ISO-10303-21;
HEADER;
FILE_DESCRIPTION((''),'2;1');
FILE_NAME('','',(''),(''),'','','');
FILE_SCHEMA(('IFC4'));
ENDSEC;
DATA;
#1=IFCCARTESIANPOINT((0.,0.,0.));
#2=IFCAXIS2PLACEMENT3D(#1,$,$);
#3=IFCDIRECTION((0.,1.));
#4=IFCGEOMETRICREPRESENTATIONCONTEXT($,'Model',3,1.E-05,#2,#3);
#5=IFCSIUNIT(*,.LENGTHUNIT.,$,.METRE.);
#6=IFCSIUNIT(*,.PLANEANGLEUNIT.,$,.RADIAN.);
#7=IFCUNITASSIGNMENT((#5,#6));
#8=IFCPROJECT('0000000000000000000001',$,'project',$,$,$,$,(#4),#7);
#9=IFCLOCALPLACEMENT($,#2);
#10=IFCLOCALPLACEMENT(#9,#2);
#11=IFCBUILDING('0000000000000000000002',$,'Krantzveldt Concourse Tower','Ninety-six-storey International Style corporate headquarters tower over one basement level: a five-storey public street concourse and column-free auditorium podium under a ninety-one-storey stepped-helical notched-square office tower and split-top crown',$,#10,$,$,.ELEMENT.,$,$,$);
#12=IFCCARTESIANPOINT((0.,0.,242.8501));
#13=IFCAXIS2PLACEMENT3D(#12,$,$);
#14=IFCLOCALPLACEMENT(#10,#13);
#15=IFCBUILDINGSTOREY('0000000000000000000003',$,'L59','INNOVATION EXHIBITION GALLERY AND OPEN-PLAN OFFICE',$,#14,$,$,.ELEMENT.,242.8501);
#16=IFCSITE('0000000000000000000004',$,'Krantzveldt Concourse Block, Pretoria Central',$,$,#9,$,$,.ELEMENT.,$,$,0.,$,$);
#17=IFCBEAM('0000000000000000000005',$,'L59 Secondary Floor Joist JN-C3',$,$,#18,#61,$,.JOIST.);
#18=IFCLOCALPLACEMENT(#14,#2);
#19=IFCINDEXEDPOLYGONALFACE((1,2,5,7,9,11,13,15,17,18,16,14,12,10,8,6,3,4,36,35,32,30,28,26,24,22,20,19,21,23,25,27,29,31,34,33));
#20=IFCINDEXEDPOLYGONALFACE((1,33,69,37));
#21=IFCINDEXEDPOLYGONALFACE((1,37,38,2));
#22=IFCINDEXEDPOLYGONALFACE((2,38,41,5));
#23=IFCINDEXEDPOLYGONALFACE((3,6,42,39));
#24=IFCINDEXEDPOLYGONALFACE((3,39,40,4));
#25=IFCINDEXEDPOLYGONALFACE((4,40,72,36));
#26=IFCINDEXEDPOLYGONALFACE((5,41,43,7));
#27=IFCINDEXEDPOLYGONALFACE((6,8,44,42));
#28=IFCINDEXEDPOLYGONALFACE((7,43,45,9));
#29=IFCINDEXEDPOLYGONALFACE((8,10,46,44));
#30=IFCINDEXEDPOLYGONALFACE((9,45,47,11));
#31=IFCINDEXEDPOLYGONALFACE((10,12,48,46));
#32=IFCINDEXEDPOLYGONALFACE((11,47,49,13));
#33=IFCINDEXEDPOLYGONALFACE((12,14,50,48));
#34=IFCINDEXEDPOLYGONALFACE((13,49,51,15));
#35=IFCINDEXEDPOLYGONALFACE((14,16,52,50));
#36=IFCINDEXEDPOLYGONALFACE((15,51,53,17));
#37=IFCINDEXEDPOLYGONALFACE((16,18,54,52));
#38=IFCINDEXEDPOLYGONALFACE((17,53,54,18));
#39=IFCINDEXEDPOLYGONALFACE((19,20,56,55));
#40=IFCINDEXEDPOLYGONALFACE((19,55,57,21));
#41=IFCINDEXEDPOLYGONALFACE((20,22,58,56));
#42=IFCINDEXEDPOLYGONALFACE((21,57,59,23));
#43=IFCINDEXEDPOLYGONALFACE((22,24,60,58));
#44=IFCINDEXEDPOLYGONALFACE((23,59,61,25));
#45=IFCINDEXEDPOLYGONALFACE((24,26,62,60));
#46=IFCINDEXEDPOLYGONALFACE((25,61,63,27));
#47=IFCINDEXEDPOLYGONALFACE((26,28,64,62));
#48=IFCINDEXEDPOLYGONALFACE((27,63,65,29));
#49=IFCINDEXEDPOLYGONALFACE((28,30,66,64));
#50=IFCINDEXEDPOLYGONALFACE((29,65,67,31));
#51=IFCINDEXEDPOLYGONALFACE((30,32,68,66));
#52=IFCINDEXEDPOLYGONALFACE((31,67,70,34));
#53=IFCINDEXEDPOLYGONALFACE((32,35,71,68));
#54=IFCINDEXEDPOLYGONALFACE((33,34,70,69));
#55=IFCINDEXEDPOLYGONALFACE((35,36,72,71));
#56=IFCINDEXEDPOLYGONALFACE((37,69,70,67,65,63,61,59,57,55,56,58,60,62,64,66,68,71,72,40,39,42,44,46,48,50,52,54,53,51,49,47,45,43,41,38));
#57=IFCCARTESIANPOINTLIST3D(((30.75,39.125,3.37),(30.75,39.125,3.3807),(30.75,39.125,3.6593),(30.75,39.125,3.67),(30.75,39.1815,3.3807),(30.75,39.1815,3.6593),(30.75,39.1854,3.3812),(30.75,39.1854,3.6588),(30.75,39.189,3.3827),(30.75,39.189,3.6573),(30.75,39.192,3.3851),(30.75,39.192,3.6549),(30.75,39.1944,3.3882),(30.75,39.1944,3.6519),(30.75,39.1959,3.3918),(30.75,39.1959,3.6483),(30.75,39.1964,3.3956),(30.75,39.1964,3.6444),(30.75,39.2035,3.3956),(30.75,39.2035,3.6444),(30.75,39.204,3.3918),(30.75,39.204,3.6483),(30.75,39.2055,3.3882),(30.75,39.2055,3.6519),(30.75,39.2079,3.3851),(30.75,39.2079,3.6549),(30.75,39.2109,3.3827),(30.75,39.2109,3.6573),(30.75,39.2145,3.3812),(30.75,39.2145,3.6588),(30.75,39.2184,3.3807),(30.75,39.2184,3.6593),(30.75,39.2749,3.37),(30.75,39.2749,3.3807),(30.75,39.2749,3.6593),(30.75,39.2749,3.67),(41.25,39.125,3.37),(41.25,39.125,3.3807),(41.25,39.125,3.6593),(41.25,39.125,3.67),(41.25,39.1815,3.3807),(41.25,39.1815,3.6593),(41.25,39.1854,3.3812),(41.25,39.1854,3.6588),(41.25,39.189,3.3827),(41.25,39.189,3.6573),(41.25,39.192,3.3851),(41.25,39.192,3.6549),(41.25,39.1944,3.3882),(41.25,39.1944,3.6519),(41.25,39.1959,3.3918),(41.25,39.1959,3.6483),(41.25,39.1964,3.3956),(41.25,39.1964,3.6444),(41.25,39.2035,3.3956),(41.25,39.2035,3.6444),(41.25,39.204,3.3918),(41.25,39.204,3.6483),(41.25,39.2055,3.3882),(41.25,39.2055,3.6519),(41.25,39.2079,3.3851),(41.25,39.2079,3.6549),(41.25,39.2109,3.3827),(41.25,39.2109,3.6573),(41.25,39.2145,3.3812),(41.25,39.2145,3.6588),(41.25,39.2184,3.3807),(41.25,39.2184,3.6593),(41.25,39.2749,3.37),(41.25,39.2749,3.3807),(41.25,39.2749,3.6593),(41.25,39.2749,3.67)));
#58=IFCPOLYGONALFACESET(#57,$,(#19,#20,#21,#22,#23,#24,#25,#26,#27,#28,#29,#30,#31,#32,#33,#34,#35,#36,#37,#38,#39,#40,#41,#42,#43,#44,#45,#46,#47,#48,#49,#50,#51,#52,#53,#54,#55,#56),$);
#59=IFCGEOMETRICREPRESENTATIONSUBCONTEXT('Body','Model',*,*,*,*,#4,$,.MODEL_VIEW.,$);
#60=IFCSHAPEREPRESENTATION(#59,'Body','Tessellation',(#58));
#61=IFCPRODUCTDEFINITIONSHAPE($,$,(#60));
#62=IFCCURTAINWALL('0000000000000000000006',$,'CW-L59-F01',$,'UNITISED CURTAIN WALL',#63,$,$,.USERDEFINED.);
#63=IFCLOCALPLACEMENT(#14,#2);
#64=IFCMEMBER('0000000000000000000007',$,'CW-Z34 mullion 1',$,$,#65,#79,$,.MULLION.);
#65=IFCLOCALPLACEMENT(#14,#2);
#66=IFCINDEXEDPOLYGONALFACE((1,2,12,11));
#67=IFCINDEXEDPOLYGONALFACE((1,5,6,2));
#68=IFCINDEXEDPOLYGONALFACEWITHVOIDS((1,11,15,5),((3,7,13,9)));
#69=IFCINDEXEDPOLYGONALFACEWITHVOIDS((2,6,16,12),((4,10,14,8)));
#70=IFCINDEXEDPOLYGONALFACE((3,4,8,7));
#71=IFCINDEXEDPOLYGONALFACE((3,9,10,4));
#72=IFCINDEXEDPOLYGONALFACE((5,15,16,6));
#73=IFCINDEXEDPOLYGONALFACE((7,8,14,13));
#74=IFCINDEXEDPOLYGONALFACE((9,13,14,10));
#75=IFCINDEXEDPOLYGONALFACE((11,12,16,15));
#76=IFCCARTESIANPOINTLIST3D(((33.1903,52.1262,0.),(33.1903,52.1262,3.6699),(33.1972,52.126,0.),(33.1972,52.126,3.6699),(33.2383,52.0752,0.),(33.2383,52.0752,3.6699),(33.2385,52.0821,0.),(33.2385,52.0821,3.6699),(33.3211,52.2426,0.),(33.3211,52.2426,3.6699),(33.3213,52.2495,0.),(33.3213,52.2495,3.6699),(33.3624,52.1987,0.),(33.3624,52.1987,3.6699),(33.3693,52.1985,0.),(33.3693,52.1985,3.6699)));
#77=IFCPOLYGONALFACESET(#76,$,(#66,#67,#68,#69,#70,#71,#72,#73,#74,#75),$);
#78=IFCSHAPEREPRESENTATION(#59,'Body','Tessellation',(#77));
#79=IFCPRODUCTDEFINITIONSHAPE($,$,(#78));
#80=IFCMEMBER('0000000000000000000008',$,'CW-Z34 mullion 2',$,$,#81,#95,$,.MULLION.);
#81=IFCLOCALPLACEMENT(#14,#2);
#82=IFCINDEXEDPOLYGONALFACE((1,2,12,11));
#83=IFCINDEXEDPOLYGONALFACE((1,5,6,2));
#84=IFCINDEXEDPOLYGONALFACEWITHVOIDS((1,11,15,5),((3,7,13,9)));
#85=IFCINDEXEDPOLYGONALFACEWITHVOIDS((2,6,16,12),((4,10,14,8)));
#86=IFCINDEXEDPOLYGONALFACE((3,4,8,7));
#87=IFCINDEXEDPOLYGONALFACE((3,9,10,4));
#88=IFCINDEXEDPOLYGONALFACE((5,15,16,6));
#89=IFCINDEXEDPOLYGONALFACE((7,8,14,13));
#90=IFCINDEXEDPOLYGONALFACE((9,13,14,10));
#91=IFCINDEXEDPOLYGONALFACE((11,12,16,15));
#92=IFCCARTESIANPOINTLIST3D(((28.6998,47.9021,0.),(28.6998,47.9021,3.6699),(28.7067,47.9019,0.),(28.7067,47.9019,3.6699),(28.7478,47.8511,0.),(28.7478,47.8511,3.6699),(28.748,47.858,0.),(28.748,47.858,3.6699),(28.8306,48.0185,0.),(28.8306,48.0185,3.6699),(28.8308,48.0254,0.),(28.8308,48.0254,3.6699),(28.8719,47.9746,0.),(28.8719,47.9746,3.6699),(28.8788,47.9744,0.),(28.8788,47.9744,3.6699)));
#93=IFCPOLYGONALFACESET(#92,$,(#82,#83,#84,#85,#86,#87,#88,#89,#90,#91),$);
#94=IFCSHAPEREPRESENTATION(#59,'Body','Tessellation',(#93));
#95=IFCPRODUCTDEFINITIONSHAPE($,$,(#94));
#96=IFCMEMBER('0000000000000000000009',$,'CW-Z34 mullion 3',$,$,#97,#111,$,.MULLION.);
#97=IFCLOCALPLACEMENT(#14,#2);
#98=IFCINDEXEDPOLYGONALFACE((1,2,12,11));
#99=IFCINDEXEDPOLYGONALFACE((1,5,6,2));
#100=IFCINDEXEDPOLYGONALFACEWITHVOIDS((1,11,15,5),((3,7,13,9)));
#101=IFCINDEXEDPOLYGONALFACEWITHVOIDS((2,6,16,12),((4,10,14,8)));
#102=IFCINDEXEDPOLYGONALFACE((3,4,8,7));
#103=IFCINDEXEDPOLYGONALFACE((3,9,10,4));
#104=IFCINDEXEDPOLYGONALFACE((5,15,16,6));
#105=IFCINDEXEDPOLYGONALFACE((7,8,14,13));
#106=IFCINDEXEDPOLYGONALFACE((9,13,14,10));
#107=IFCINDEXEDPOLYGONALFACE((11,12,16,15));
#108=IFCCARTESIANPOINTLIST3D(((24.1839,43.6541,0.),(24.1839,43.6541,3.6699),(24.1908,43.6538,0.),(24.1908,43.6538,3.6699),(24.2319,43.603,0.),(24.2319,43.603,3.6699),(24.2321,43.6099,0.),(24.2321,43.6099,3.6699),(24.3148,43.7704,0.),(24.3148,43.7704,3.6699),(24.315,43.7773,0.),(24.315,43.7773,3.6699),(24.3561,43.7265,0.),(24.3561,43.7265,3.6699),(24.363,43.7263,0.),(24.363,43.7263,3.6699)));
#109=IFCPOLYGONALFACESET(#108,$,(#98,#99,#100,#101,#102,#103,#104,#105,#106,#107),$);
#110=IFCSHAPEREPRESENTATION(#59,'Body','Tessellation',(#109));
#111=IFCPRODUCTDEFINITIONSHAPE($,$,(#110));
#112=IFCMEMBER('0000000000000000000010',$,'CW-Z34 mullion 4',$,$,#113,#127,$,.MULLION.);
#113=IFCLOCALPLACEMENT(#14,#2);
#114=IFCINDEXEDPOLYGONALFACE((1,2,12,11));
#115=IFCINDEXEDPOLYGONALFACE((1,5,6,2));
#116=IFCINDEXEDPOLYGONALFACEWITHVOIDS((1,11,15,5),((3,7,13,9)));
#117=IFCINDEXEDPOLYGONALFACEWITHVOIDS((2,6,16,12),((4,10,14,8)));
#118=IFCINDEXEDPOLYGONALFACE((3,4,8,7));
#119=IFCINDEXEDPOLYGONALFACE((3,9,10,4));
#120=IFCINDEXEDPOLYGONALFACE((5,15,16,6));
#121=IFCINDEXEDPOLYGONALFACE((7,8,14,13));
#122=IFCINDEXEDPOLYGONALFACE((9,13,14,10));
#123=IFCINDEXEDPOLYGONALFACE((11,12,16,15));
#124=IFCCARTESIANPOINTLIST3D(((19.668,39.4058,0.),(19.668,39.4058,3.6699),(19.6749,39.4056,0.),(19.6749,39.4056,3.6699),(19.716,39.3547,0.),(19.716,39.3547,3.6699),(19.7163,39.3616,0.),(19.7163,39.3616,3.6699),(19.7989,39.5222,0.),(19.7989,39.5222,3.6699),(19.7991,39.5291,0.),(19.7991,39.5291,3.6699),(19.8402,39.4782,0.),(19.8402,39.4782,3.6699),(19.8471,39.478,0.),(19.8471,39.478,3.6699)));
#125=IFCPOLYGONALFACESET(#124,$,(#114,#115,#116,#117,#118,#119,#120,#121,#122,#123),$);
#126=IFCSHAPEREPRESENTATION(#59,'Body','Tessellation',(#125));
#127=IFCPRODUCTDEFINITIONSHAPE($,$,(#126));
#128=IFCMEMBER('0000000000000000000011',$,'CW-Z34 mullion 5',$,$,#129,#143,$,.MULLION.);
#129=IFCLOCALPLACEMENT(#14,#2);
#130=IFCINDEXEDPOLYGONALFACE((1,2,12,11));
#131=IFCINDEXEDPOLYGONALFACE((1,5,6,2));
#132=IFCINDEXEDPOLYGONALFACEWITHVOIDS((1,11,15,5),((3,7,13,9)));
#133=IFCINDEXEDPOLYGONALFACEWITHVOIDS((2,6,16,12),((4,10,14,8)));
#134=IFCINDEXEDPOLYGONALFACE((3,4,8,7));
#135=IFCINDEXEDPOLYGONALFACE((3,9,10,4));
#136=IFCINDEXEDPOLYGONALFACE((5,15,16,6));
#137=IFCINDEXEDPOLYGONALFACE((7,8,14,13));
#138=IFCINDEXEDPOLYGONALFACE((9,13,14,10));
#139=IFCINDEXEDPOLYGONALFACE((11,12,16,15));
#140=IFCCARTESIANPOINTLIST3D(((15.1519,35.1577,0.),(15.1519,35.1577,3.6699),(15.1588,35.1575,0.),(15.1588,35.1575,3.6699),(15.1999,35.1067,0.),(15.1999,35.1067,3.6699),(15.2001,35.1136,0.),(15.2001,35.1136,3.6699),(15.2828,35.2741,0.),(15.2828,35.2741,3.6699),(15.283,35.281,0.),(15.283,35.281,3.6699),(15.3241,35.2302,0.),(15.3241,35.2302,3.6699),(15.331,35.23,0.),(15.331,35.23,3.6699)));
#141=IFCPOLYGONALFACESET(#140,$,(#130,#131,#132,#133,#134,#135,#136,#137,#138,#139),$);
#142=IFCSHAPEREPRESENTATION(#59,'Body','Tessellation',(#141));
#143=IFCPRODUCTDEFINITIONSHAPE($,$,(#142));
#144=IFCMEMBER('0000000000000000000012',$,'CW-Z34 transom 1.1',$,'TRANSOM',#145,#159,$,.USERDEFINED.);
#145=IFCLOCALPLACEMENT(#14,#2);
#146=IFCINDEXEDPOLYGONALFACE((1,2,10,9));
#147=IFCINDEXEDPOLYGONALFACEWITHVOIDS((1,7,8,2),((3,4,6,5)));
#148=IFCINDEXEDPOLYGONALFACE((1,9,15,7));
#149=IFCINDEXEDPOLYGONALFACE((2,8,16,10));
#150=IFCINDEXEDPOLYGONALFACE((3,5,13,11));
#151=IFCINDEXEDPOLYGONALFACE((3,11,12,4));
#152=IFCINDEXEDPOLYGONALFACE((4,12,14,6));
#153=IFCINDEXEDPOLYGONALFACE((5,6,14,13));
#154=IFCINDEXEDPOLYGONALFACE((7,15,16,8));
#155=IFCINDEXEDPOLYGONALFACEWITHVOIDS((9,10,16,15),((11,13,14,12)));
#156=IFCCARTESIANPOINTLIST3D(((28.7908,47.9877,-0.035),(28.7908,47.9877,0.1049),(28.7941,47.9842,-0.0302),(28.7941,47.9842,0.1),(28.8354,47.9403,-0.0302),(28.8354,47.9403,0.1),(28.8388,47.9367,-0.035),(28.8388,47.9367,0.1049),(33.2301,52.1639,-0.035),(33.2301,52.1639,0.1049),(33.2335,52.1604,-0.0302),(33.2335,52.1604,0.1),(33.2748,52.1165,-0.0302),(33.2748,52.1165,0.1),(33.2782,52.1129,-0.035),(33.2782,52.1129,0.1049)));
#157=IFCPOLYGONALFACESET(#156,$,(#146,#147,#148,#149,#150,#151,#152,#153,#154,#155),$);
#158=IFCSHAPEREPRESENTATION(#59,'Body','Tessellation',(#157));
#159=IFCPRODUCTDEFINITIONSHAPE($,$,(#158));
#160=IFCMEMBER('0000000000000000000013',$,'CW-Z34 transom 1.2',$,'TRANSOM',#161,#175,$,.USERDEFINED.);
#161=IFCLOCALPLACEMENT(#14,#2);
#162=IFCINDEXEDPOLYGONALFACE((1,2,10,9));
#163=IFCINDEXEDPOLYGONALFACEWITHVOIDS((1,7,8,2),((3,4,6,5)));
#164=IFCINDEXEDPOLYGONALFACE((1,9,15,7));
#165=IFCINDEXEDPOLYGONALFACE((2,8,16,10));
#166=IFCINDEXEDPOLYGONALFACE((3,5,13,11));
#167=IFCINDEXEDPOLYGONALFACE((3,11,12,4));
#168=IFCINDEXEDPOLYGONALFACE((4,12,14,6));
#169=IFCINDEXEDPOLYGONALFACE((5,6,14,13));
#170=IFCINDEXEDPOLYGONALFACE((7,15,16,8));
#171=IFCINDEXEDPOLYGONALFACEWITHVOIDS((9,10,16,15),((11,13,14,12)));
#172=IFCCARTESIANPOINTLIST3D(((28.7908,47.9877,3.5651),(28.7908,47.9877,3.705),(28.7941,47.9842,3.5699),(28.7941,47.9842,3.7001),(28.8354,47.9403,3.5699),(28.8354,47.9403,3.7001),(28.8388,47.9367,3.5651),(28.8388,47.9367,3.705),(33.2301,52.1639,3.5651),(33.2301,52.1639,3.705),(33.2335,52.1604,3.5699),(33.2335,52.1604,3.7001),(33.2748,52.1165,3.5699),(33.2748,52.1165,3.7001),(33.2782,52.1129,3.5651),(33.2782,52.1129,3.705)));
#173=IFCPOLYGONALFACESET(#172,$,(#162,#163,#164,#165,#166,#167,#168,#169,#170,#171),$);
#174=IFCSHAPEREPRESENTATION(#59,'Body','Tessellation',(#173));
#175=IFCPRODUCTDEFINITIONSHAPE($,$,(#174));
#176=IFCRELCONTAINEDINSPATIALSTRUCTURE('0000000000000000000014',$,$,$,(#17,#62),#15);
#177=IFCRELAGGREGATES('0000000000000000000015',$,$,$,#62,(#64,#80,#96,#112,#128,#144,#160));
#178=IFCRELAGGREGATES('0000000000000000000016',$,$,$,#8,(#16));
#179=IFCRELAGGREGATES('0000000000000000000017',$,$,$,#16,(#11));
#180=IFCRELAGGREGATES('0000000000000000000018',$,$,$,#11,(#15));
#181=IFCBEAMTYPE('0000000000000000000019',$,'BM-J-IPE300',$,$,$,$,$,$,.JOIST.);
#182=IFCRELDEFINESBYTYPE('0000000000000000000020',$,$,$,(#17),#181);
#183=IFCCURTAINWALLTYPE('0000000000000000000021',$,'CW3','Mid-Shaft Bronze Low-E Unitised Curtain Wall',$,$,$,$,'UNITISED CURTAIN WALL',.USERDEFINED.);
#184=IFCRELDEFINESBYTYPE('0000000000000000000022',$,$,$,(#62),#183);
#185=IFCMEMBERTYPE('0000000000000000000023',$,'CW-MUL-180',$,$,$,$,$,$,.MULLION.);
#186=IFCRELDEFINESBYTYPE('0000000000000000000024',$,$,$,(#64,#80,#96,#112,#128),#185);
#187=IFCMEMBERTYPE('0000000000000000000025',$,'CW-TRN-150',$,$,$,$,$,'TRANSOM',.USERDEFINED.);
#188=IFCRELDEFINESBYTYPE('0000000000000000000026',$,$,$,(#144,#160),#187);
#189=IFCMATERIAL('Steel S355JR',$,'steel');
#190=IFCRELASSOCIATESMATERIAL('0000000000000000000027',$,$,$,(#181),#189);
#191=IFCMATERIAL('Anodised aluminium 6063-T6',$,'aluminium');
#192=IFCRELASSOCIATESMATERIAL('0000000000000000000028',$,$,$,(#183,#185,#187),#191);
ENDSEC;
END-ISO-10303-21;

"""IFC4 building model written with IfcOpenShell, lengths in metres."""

from ifc_helpers import new_model, si_unit, direction, frame, origin, origin_2d, place, context, subcontext, project, spatial, hollow_rectangle, i_section, extrude, source, transform, mapped, material, material_profile, profile_set, type_object, type_shapes, element, aggregate, save


model = new_model("IFC4")

# Units and contexts
model_context = context("Model", 3, precision=1e-05, world=origin(), true_north=direction((0.0, 1.0)))
body_context = subcontext(model_context, "Body", "Model", "MODEL_VIEW")
ifc_project = project(units=[si_unit("LENGTHUNIT", "METRE"), si_unit("PLANEANGLEUNIT", "RADIAN")], contexts=[model_context])

# Site, building, storey
site_placement = place(None, origin())
site = spatial("IfcSite", under=ifc_project, at=site_placement, Name="Krantzveldt Concourse Block, Pretoria Central", CompositionType="ELEMENT", RefElevation=0.0)
building_placement = place(site_placement, origin())
building = spatial("IfcBuilding", under=site, at=building_placement, Name="Krantzveldt Concourse Tower", Description="Ninety-six-storey International Style corporate headquarters tower over one basement level: a five-storey public street concourse and column-free auditorium podium under a ninety-one-storey stepped-helical notched-square office tower and split-top crown", CompositionType="ELEMENT")
storey_placement = place(building_placement, frame((0.0, 0.0, 242.8501)))
storey = spatial("IfcBuildingStorey", under=building, at=storey_placement, Name="L59", Description="INNOVATION EXHIBITION GALLERY AND OPEN-PLAN OFFICE", CompositionType="ELEMENT", Elevation=242.8501)

# Beam
ifc_material_1 = material(Name="Steel S355JR", Category="steel")
ifc_material_profile_1 = material_profile(ifc_material_1, i_section(OverallWidth=0.1499, OverallDepth=0.3, WebThickness=0.0071, FlangeThickness=0.0107, FilletRadius=0.0149, at=origin_2d()), Name="Steel S355JR", Category="steel")
ifc_profile_set_1 = profile_set([ifc_material_profile_1], Name="Steel S355JR - IPE 300")
beam_type_1 = type_object("IfcBeamType", Name="BM-J-IPE300", PredefinedType="JOIST", material=ifc_profile_set_1)
shared_shape_1 = source(origin(), body_context, "Body", "SweptSolid", [
    extrude(i_section(OverallWidth=0.1499, OverallDepth=0.3, WebThickness=0.0071, FlangeThickness=0.0107, FilletRadius=0.0149, at=origin_2d()), origin(), (0.0, 0.0, 1.0), 10.5),
])
type_shapes(beam_type_1, [shared_shape_1])
beam_1_placement = place(storey_placement, frame((30.75, 39.2, 3.52), z_axis=(1.0, 0.0, 0.0), x_axis=(0.0, 1.0, 0.0)))
element("IfcBeam", 1, at=beam_1_placement, inside=storey, type_object=beam_type_1, Name="L59 Secondary Floor Joist JN-C3", PredefinedType="JOIST", context=body_context, shape_type="MappedRepresentation", body=[
    mapped(shared_shape_1, transform((0.0, 0.0, 0.0), x_axis=(1.0, 0.0, 0.0), y_axis=(0.0, 1.0, 0.0), z_axis=(0.0, 0.0, 1.0), scale=1.0)),
])

# Curtain wall, members
ifc_material_2 = material(Name="Anodised aluminium 6063-T6", Category="aluminium")
curtain_wall_type = type_object("IfcCurtainWallType", Name="CW3", Description="Mid-Shaft Bronze Low-E Unitised Curtain Wall", ElementType="UNITISED CURTAIN WALL", PredefinedType="USERDEFINED", material=ifc_material_2)
curtain_wall_placement = place(storey_placement, origin())
curtain_wall = element("IfcCurtainWall", 2, at=curtain_wall_placement, inside=storey, type_object=curtain_wall_type, Name="CW-L59-F01", ObjectType="UNITISED CURTAIN WALL", PredefinedType="USERDEFINED")
ifc_material_profile_2 = material_profile(ifc_material_2, hollow_rectangle(XDim=0.0701, YDim=0.1799, WallThickness=0.0049, at=origin_2d()), Name="Anodised aluminium 6063-T6", Category="aluminium")
ifc_profile_set_2 = profile_set([ifc_material_profile_2], Name="Anodised aluminium 6063-T6 - ALU-MULL 180x70x5")
member_type_1 = type_object("IfcMemberType", Name="CW-MUL-180", PredefinedType="MULLION", material=ifc_profile_set_2)
shared_shape_2 = source(origin(), body_context, "Body", "SweptSolid", [
    extrude(hollow_rectangle(XDim=0.0701, YDim=0.1799, WallThickness=0.0049, at=origin_2d()), origin(), (0.0, 0.0, 1.0), 3.6699),
])
type_shapes(member_type_1, [shared_shape_2])
member_1_placement = place(storey_placement, frame((33.2798, 52.1624, 0.0), z_axis=(0.0, 0.0, 1.0), x_axis=(0.685183, -0.728371, 0.0)))
member_1 = element("IfcMember", 3, at=member_1_placement, type_object=member_type_1, Name="CW-Z34 mullion 1", PredefinedType="MULLION", context=body_context, shape_type="MappedRepresentation", body=[
    mapped(shared_shape_2, transform((0.0, 0.0, 0.0), x_axis=(1.0, 0.0, 0.0), y_axis=(0.0, 1.0, 0.0), z_axis=(0.0, 0.0, 1.0), scale=1.0)),
])
member_2_placement = place(storey_placement, frame((28.7893, 47.9382, 0.0), z_axis=(0.0, 0.0, 1.0), x_axis=(0.685183, -0.728371, 0.0)))
member_2 = element("IfcMember", 4, at=member_2_placement, type_object=member_type_1, Name="CW-Z34 mullion 2", PredefinedType="MULLION", context=body_context, shape_type="MappedRepresentation", body=[
    mapped(shared_shape_2, transform((0.0, 0.0, 0.0), x_axis=(1.0, 0.0, 0.0), y_axis=(0.0, 1.0, 0.0), z_axis=(0.0, 0.0, 1.0), scale=1.0)),
])
member_3_placement = place(storey_placement, frame((24.2734, 43.6902, 0.0), z_axis=(0.0, 0.0, 1.0), x_axis=(0.685183, -0.728371, 0.0)))
member_3 = element("IfcMember", 5, at=member_3_placement, type_object=member_type_1, Name="CW-Z34 mullion 3", PredefinedType="MULLION", context=body_context, shape_type="MappedRepresentation", body=[
    mapped(shared_shape_2, transform((0.0, 0.0, 0.0), x_axis=(1.0, 0.0, 0.0), y_axis=(0.0, 1.0, 0.0), z_axis=(0.0, 0.0, 1.0), scale=1.0)),
])
member_4_placement = place(storey_placement, frame((19.7576, 39.4419, 0.0), z_axis=(0.0, 0.0, 1.0), x_axis=(0.685183, -0.728371, 0.0)))
member_4 = element("IfcMember", 6, at=member_4_placement, type_object=member_type_1, Name="CW-Z34 mullion 4", PredefinedType="MULLION", context=body_context, shape_type="MappedRepresentation", body=[
    mapped(shared_shape_2, transform((0.0, 0.0, 0.0), x_axis=(1.0, 0.0, 0.0), y_axis=(0.0, 1.0, 0.0), z_axis=(0.0, 0.0, 1.0), scale=1.0)),
])
member_5_placement = place(storey_placement, frame((15.2415, 35.1938, 0.0), z_axis=(0.0, 0.0, 1.0), x_axis=(0.685183, -0.728371, 0.0)))
member_5 = element("IfcMember", 7, at=member_5_placement, type_object=member_type_1, Name="CW-Z34 mullion 5", PredefinedType="MULLION", context=body_context, shape_type="MappedRepresentation", body=[
    mapped(shared_shape_2, transform((0.0, 0.0, 0.0), x_axis=(1.0, 0.0, 0.0), y_axis=(0.0, 1.0, 0.0), z_axis=(0.0, 0.0, 1.0), scale=1.0)),
])
ifc_material_profile_3 = material_profile(ifc_material_2, hollow_rectangle(XDim=0.0701, YDim=0.1399, WallThickness=0.0049, at=origin_2d()), Name="Anodised aluminium 6063-T6", Category="aluminium")
ifc_profile_set_3 = profile_set([ifc_material_profile_3], Name="Anodised aluminium 6063-T6 - ALU-TRAN 140x70x5")
member_type_2 = type_object("IfcMemberType", Name="CW-TRN-150", ElementType="TRANSOM", PredefinedType="USERDEFINED", material=ifc_profile_set_3)
shared_shape_3 = source(origin(), body_context, "Body", "SweptSolid", [
    extrude(hollow_rectangle(XDim=0.0701, YDim=0.1399, WallThickness=0.0049, at=origin_2d()), origin(), (0.0, 0.0, 1.0), 6.095),
])
member_6_placement = place(storey_placement, frame((33.2542, 52.1384, 0.0349), z_axis=(-0.728367, -0.685187, 0.0), x_axis=(0.685187, -0.728367, 0.0)))
member_6 = element("IfcMember", 8, at=member_6_placement, type_object=member_type_2, Name="CW-Z34 transom 1.1", ObjectType="TRANSOM", PredefinedType="USERDEFINED", context=body_context, shape_type="MappedRepresentation", body=[
    mapped(shared_shape_3, transform((0.0, 0.0, 0.0), x_axis=(1.0, 0.0, 0.0), y_axis=(0.0, 1.0, 0.0), z_axis=(0.0, 0.0, 1.0), scale=1.0)),
])
member_7_placement = place(storey_placement, frame((33.2542, 52.1384, 3.635), z_axis=(-0.728367, -0.685187, 0.0), x_axis=(0.685187, -0.728367, 0.0)))
member_7 = element("IfcMember", 9, at=member_7_placement, type_object=member_type_2, Name="CW-Z34 transom 1.2", ObjectType="TRANSOM", PredefinedType="USERDEFINED", context=body_context, shape_type="MappedRepresentation", body=[
    mapped(shared_shape_3, transform((0.0, 0.0, 0.0), x_axis=(1.0, 0.0, 0.0), y_axis=(0.0, 1.0, 0.0), z_axis=(0.0, 0.0, 1.0), scale=1.0)),
])
aggregate(curtain_wall, [member_1, member_2, member_3, member_4, member_5, member_6, member_7])

save(model, "model.ifc")
